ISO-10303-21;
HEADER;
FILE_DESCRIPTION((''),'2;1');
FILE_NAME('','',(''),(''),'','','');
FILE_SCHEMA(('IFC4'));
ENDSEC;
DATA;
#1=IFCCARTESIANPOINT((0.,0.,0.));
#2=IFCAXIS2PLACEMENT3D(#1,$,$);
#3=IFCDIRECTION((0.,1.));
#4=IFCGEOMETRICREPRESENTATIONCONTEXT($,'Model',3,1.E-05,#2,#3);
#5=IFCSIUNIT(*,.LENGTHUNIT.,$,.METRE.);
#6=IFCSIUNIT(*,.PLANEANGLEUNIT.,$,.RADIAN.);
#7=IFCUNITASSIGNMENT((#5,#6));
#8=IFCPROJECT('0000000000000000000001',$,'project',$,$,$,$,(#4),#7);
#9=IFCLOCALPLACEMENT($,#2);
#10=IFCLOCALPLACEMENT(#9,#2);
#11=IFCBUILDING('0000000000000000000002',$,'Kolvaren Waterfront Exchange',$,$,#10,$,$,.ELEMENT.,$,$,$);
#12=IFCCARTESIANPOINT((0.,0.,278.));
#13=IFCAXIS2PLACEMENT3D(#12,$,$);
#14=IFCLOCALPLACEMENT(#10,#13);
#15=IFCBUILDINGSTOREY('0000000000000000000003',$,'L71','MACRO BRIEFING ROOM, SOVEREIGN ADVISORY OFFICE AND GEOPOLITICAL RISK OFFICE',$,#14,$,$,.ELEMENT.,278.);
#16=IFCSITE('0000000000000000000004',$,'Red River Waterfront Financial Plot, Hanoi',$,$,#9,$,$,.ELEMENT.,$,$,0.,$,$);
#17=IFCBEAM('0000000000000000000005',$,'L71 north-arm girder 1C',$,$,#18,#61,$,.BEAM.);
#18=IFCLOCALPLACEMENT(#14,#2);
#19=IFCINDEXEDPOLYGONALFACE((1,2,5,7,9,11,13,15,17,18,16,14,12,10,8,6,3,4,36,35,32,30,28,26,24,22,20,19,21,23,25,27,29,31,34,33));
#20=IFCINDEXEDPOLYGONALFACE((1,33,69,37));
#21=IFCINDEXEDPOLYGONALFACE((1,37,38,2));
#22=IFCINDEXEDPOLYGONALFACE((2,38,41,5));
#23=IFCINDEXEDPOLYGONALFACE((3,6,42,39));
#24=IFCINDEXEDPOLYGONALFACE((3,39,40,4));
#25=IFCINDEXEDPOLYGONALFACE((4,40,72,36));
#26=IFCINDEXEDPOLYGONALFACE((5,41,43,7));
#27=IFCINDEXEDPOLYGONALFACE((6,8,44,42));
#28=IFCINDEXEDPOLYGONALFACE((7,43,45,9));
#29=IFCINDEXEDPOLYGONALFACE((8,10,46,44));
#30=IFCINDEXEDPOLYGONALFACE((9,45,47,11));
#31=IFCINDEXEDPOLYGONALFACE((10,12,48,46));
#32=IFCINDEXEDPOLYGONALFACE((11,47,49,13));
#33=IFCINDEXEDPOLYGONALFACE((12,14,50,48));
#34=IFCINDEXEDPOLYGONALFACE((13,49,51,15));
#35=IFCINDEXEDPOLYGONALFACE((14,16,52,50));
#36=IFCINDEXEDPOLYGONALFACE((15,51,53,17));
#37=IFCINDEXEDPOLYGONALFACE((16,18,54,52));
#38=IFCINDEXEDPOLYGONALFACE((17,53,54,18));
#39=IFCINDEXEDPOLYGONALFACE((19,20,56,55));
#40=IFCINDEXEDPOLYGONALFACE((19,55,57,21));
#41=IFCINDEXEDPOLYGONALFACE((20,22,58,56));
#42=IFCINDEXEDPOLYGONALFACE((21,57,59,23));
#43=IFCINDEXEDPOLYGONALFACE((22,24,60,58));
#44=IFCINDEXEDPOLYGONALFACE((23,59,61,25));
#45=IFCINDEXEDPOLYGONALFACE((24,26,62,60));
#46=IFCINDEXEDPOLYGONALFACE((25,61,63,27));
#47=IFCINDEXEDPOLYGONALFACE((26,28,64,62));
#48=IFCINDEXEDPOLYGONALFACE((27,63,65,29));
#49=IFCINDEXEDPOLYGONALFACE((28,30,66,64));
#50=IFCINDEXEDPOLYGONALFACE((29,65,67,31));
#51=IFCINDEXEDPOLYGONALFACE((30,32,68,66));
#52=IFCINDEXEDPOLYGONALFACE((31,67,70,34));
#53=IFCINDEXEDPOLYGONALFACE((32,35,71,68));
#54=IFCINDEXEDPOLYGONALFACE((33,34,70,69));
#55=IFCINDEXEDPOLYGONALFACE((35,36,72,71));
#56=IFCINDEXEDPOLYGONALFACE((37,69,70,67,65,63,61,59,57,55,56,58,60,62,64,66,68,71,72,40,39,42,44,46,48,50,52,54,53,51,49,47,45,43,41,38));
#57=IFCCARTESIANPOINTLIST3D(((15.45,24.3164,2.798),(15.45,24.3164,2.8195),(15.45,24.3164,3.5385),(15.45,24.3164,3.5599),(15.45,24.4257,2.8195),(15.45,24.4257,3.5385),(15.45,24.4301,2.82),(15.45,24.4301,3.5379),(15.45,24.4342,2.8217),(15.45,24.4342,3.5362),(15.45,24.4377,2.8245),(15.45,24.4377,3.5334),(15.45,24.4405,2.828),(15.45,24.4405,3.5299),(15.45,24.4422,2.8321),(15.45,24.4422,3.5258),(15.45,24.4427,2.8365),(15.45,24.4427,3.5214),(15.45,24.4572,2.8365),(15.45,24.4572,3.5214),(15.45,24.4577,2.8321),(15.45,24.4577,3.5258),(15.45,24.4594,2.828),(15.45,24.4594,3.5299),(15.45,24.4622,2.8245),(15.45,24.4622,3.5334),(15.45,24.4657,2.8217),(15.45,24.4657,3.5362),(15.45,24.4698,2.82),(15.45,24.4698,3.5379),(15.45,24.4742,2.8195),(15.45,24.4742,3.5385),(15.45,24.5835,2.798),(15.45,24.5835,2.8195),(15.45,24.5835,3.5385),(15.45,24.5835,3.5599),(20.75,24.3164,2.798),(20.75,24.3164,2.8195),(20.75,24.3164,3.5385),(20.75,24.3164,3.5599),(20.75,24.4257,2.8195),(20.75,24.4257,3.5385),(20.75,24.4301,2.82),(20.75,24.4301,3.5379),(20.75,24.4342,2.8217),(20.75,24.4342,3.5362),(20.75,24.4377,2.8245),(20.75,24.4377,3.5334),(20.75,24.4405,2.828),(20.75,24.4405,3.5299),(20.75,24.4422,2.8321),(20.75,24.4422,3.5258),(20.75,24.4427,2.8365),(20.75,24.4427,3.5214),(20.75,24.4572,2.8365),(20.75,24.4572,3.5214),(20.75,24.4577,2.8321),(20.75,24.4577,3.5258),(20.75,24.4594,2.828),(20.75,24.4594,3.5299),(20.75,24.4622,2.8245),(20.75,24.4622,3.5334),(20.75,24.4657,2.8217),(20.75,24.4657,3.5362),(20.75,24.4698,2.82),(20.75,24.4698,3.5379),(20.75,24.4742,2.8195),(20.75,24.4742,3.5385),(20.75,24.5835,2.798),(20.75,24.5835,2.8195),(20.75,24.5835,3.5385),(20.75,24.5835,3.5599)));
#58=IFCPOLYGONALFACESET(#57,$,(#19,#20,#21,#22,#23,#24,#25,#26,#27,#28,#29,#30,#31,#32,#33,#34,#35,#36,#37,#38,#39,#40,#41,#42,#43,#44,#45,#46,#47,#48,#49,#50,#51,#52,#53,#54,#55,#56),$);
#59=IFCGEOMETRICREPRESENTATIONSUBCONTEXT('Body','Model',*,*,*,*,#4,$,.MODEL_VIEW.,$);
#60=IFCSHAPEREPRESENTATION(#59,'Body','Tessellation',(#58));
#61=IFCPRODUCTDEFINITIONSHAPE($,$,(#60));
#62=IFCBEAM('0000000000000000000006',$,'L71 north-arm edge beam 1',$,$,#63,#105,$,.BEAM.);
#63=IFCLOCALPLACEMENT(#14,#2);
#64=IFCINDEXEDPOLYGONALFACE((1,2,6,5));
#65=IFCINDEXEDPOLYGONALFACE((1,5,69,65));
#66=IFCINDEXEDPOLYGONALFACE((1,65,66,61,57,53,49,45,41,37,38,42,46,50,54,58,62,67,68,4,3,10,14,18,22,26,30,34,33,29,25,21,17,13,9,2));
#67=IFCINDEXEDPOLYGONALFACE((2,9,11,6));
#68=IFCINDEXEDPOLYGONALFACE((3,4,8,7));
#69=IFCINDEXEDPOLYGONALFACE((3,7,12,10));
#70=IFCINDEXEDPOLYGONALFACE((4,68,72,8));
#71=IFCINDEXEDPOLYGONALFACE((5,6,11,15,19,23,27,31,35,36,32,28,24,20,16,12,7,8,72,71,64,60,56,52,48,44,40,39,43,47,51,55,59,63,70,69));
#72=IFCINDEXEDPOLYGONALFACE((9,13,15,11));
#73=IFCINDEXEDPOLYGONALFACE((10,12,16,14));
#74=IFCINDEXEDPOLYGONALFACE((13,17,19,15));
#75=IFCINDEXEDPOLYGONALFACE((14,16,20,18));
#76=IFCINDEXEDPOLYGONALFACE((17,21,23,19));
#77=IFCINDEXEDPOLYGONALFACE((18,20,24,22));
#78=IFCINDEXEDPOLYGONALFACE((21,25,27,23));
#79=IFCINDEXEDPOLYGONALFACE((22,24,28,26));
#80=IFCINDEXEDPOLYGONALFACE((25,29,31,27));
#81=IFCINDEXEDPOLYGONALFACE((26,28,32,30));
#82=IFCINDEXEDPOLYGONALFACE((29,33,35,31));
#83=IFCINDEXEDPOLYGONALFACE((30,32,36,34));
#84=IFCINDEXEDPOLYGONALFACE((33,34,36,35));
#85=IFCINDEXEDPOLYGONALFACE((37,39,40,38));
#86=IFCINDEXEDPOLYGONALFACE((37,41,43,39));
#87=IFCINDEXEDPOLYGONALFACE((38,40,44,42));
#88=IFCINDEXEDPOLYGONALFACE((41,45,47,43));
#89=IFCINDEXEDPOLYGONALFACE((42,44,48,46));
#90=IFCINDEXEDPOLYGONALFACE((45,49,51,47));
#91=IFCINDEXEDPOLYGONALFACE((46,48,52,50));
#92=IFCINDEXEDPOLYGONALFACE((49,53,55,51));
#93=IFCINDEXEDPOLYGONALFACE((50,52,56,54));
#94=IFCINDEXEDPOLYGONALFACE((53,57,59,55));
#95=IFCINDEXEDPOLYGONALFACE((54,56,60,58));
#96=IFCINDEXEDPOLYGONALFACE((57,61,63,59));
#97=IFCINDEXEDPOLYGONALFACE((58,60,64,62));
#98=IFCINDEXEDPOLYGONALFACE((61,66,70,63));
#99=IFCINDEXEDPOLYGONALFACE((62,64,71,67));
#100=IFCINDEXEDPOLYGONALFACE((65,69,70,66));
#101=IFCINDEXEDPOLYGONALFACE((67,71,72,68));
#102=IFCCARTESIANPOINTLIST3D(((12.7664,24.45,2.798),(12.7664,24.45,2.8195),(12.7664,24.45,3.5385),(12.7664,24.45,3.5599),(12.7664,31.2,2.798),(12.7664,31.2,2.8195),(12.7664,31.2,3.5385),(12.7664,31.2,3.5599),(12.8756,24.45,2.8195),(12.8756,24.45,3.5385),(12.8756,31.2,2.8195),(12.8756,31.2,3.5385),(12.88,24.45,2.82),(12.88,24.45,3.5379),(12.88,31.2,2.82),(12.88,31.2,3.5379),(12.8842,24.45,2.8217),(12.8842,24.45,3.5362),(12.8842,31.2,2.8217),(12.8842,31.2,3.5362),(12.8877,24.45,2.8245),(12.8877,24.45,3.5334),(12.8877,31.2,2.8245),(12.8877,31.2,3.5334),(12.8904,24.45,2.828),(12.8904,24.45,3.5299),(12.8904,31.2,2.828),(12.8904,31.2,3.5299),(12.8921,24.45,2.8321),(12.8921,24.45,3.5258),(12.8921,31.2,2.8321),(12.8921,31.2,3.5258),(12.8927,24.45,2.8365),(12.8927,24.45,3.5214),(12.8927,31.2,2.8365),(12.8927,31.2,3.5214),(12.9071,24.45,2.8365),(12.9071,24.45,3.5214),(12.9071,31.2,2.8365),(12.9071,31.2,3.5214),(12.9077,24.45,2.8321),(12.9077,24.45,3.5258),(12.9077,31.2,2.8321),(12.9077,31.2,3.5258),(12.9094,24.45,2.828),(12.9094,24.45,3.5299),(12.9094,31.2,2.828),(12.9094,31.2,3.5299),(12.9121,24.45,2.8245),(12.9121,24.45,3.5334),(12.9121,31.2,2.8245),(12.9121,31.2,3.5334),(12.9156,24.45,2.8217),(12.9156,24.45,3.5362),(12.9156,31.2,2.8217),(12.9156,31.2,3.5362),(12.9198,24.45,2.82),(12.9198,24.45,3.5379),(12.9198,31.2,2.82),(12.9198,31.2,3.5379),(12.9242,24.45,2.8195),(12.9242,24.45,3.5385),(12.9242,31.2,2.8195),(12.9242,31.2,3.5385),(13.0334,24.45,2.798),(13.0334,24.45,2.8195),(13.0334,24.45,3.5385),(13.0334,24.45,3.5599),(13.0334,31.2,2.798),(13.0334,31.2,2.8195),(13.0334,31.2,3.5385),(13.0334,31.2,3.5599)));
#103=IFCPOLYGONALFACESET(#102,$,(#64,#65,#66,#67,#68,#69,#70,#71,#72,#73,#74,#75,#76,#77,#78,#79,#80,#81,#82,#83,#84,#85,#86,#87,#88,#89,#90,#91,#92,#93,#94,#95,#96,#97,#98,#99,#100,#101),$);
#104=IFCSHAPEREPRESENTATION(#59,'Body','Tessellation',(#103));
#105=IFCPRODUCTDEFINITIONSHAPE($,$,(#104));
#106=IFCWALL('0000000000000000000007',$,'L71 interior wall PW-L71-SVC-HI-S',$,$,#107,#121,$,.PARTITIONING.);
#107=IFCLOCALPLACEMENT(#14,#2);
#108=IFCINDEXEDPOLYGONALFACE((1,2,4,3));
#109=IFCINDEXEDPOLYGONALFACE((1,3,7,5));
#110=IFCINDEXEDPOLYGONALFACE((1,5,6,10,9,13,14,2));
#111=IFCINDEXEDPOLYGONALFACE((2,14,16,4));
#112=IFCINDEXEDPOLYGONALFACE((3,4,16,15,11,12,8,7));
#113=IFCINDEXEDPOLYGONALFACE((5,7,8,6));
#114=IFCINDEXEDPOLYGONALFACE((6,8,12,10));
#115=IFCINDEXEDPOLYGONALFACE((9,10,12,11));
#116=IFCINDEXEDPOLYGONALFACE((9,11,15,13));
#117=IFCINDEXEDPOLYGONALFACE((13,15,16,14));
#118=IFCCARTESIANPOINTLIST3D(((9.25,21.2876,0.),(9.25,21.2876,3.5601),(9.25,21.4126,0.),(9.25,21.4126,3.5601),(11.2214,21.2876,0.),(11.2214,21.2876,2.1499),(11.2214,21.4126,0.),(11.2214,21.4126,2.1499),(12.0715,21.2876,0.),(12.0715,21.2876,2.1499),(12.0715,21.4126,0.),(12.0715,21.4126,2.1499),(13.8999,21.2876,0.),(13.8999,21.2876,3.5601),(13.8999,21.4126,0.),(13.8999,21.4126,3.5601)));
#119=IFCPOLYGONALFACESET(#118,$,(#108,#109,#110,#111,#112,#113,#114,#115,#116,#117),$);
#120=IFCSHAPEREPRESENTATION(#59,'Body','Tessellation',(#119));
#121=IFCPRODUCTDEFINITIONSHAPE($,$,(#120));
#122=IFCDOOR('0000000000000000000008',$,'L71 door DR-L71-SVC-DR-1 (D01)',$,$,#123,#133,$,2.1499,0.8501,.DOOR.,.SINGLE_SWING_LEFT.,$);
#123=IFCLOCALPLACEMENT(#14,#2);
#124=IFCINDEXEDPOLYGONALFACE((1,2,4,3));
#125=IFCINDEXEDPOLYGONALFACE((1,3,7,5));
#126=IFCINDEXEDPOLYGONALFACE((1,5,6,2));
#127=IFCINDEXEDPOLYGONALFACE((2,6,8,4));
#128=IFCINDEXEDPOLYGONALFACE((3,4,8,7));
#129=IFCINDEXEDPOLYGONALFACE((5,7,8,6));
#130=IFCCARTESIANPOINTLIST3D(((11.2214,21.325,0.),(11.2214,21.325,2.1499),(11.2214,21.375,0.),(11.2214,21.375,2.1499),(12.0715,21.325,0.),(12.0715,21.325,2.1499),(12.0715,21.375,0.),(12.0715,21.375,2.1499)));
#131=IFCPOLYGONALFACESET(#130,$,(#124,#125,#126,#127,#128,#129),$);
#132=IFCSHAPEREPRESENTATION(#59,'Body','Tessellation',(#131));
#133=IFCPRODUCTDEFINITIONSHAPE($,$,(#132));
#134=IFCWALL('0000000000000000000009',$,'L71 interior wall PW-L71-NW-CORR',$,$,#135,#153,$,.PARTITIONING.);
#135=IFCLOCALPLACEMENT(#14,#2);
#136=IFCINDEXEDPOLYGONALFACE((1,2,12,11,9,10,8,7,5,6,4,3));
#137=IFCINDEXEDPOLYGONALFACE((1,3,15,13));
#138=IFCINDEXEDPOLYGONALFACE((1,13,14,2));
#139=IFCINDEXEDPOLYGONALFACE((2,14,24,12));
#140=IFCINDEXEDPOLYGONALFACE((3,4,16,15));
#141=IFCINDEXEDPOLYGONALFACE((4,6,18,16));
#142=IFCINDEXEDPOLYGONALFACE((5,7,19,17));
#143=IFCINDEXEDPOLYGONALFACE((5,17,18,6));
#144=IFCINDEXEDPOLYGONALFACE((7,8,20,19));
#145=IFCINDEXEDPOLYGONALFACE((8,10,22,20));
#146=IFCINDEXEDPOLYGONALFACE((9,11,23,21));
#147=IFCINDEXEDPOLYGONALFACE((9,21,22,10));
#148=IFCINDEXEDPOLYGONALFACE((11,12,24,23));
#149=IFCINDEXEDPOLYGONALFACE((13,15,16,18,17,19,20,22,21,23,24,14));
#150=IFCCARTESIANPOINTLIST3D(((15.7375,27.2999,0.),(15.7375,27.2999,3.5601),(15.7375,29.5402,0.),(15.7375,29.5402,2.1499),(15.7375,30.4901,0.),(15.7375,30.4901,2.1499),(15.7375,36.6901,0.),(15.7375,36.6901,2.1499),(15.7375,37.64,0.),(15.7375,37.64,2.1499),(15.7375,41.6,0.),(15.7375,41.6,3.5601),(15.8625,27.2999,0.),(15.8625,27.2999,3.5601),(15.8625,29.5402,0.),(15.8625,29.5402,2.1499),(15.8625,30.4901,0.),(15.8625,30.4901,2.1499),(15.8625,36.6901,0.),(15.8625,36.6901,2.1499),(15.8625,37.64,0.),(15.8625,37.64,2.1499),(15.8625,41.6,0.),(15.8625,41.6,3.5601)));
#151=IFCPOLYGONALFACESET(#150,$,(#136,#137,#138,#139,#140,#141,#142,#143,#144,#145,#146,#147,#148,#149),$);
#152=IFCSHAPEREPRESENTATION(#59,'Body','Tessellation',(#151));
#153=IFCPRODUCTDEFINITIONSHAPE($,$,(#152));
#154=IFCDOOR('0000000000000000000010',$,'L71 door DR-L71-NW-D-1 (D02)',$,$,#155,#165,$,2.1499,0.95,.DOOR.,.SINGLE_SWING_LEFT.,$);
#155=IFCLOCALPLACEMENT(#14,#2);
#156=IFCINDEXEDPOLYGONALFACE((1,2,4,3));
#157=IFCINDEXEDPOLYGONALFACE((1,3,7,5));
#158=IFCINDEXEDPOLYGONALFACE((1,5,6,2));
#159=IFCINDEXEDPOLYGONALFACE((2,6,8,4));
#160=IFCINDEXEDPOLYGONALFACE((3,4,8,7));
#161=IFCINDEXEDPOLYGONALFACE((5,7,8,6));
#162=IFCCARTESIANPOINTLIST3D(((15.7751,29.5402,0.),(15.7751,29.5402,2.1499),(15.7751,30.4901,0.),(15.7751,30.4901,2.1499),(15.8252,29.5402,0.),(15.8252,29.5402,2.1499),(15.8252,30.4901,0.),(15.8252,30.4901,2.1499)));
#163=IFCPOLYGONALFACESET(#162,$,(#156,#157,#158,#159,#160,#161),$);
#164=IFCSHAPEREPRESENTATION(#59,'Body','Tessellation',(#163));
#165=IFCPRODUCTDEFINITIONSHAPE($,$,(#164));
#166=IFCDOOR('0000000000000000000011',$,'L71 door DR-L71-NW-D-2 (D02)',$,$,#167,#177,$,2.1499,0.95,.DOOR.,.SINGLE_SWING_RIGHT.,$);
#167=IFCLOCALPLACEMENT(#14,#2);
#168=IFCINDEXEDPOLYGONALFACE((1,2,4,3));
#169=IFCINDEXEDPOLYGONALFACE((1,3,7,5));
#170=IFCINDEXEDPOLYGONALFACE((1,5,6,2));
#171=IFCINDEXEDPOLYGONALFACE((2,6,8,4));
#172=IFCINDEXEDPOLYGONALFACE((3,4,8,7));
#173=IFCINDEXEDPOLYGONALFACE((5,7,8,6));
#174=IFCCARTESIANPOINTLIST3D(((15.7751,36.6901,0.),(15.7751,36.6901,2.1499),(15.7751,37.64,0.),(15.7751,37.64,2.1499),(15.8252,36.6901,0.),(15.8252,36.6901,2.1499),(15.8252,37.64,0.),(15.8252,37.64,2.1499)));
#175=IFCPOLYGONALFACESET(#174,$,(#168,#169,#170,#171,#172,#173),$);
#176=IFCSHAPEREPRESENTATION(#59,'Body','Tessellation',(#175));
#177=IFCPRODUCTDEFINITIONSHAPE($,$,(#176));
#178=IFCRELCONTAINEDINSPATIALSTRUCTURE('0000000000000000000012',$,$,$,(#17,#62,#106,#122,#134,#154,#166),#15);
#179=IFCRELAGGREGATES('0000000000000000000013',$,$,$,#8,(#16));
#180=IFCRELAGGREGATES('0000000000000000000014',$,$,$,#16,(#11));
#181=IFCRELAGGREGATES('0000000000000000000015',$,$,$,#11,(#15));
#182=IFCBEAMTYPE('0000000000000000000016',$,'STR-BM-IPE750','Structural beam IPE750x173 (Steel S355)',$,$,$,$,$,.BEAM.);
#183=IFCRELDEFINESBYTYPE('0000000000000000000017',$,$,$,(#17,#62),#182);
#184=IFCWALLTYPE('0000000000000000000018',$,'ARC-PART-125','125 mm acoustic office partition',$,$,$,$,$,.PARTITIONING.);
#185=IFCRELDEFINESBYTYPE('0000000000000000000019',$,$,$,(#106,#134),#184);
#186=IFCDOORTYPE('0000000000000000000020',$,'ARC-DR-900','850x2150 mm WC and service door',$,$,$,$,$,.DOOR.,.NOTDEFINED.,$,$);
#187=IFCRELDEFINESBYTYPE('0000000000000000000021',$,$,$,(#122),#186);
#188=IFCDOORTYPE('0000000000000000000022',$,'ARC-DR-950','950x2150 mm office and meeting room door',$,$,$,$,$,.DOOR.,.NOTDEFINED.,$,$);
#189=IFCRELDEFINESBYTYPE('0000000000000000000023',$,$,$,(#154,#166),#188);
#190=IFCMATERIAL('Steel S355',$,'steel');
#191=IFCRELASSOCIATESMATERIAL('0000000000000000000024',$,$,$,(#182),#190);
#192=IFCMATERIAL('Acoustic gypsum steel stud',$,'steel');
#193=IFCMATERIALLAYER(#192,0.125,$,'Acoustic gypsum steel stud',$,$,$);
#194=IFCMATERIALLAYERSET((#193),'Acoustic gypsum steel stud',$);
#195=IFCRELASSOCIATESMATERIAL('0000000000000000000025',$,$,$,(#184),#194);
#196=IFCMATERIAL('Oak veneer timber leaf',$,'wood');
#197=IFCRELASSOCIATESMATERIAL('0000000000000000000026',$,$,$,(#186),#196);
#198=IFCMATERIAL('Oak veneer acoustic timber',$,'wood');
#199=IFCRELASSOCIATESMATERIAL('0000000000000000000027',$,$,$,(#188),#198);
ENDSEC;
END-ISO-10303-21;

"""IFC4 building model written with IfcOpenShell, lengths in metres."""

from ifc_helpers import new_model, si_unit, direction, frame, frame_2d, origin, origin_2d, place, context, subcontext, project, spatial, rectangle, i_section, extrude, material, layer, layer_set, material_profile, profile_set, type_object, element, fill, save


model = new_model("IFC4")

# Units and contexts
model_context = context("Model", 3, precision=1e-05, world=origin(), true_north=direction((0.0, 1.0)))
body_context = subcontext(model_context, "Body", "Model", "MODEL_VIEW")
ifc_project = project(units=[si_unit("LENGTHUNIT", "METRE"), si_unit("PLANEANGLEUNIT", "RADIAN")], contexts=[model_context])

# Site, building, storey
site_placement = place(None, origin())
site = spatial("IfcSite", under=ifc_project, at=site_placement, Name="Red River Waterfront Financial Plot, Hanoi", CompositionType="ELEMENT", RefElevation=0.0)
building_placement = place(site_placement, origin())
building = spatial("IfcBuilding", under=site, at=building_placement, Name="Kolvaren Waterfront Exchange", CompositionType="ELEMENT")
storey_placement = place(building_placement, frame((0.0, 0.0, 278.0)))
storey = spatial("IfcBuildingStorey", under=building, at=storey_placement, Name="L71", Description="MACRO BRIEFING ROOM, SOVEREIGN ADVISORY OFFICE AND GEOPOLITICAL RISK OFFICE", CompositionType="ELEMENT", Elevation=278.0)

# Beams
ifc_material_1 = material(Name="Steel S355", Category="steel")
ifc_material_profile_1 = material_profile(ifc_material_1, i_section(OverallWidth=0.2671, OverallDepth=0.762, WebThickness=0.0144, FlangeThickness=0.0215, FilletRadius=0.0171, at=origin_2d()), Name="IPE750x173")
ifc_profile_set_1 = profile_set([ifc_material_profile_1], Name="Steel S355")
beam_type_1 = type_object("IfcBeamType", Name="STR-BM-IPE750", Description="Structural beam IPE750x173 (Steel S355)", PredefinedType="BEAM", material=ifc_profile_set_1)
beam_1_placement = place(storey_placement, frame((15.45, 24.45, 3.179), z_axis=(1.0, 0.0, 0.0), x_axis=(0.0, 1.0, 0.0)))
element("IfcBeam", 1, at=beam_1_placement, inside=storey, type_object=beam_type_1, Name="L71 north-arm girder 1C", PredefinedType="BEAM", context=body_context, shape_type="SweptSolid", body=[
    extrude(i_section(OverallWidth=0.2671, OverallDepth=0.762, WebThickness=0.0144, FlangeThickness=0.0215, FilletRadius=0.0171, at=origin_2d()), origin(), (0.0, 0.0, 1.0), 5.3),
])
beam_2_placement = place(storey_placement, frame((12.8999, 24.45, 3.179), z_axis=(0.0, 1.0, 0.0), x_axis=(-1.0, 0.0, 0.0)))
element("IfcBeam", 2, at=beam_2_placement, inside=storey, type_object=beam_type_1, Name="L71 north-arm edge beam 1", PredefinedType="BEAM", context=body_context, shape_type="SweptSolid", body=[
    extrude(i_section(OverallWidth=0.2671, OverallDepth=0.762, WebThickness=0.0144, FlangeThickness=0.0215, FilletRadius=0.0171, at=origin_2d()), origin(), (0.0, 0.0, 1.0), 6.75),
])

# Wall, opening, door
ifc_material_2 = material(Name="Acoustic gypsum steel stud", Category="steel")
ifc_layer_1 = layer(ifc_material_2, 0.125, Name="Acoustic gypsum steel stud")
ifc_layer_set_1 = layer_set([ifc_layer_1], Name="Acoustic gypsum steel stud")
wall_type_1 = type_object("IfcWallType", Name="ARC-PART-125", Description="125 mm acoustic office partition", PredefinedType="PARTITIONING", material=ifc_layer_set_1)
wall_1_placement = place(storey_placement, frame((9.25, 21.3501, 0.0), z_axis=(0.0, 0.0, 1.0), x_axis=(1.0, 0.0, 0.0)))
wall_1 = element("IfcWall", 3, at=wall_1_placement, inside=storey, type_object=wall_type_1, Name="L71 interior wall PW-L71-SVC-HI-S", PredefinedType="PARTITIONING", context=body_context, shape_type="SweptSolid", body=[
    extrude(rectangle(XDim=4.6499, YDim=0.125, at=frame_2d((2.325, 0.0))), origin(), (0.0, 0.0, 1.0), 3.5601),
])
opening_1_placement = place(wall_1_placement, frame((1.9714, 0.0, 0.0)))
opening_1 = element("IfcOpeningElement", 4, at=opening_1_placement, cuts=wall_1, PredefinedType="OPENING", context=body_context, shape_type="SweptSolid", body=[
    extrude(rectangle(XDim=0.8501, YDim=2.1499, at=frame_2d((0.425, 1.075))), frame((0.0, 0.0725, 0.0), z_axis=(0.0, -1.0, 0.0), x_axis=(1.0, 0.0, 0.0)), (0.0, 0.0, 1.0), 0.145),
])
ifc_material_3 = material(Name="Oak veneer timber leaf", Category="wood")
door_type_1 = type_object("IfcDoorType", Name="ARC-DR-900", Description="850x2150 mm WC and service door", OperationType="NOTDEFINED", PredefinedType="DOOR", material=ifc_material_3)
door_1_placement = place(opening_1_placement, origin())
door_1 = element("IfcDoor", 5, at=door_1_placement, inside=storey, type_object=door_type_1, Name="L71 door DR-L71-SVC-DR-1 (D01)", OperationType="SINGLE_SWING_LEFT", OverallHeight=2.1499, OverallWidth=0.8501, PredefinedType="DOOR", context=body_context, shape_type="SweptSolid", body=[
    extrude(rectangle(XDim=0.8501, YDim=2.1499, at=frame_2d((0.425, 1.075))), frame((0.0, 0.0249, 0.0), z_axis=(0.0, -1.0, 0.0), x_axis=(1.0, 0.0, 0.0)), (0.0, 0.0, 1.0), 0.05),
])
fill(opening_1, door_1)

# Wall, openings, doors
wall_2_placement = place(storey_placement, frame((15.8, 27.3, 0.0), z_axis=(0.0, 0.0, 1.0), x_axis=(0.0, 1.0, 0.0)))
wall_2 = element("IfcWall", 6, at=wall_2_placement, inside=storey, type_object=wall_type_1, Name="L71 interior wall PW-L71-NW-CORR", PredefinedType="PARTITIONING", context=body_context, shape_type="SweptSolid", body=[
    extrude(rectangle(XDim=14.3, YDim=0.125, at=frame_2d((7.1499, 0.0))), origin(), (0.0, 0.0, 1.0), 3.5601),
])
opening_2_placement = place(wall_2_placement, frame((2.24, 0.0, 0.0)))
opening_2 = element("IfcOpeningElement", 7, at=opening_2_placement, cuts=wall_2, PredefinedType="OPENING", context=body_context, shape_type="SweptSolid", body=[
    extrude(rectangle(XDim=0.95, YDim=2.1499, at=frame_2d((0.4751, 1.075))), frame((0.0, 0.0725, 0.0), z_axis=(0.0, -1.0, 0.0), x_axis=(1.0, 0.0, 0.0)), (0.0, 0.0, 1.0), 0.145),
])
opening_3_placement = place(wall_2_placement, frame((9.3899, 0.0, 0.0)))
opening_3 = element("IfcOpeningElement", 8, at=opening_3_placement, cuts=wall_2, PredefinedType="OPENING", context=body_context, shape_type="SweptSolid", body=[
    extrude(rectangle(XDim=0.95, YDim=2.1499, at=frame_2d((0.4751, 1.075))), frame((0.0, 0.0725, 0.0), z_axis=(0.0, -1.0, 0.0), x_axis=(1.0, 0.0, 0.0)), (0.0, 0.0, 1.0), 0.145),
])
ifc_material_4 = material(Name="Oak veneer acoustic timber", Category="wood")
door_type_2 = type_object("IfcDoorType", Name="ARC-DR-950", Description="950x2150 mm office and meeting room door", OperationType="NOTDEFINED", PredefinedType="DOOR", material=ifc_material_4)
door_2_placement = place(opening_2_placement, origin())
door_2 = element("IfcDoor", 9, at=door_2_placement, inside=storey, type_object=door_type_2, Name="L71 door DR-L71-NW-D-1 (D02)", OperationType="SINGLE_SWING_LEFT", OverallHeight=2.1499, OverallWidth=0.95, PredefinedType="DOOR", context=body_context, shape_type="SweptSolid", body=[
    extrude(rectangle(XDim=0.95, YDim=2.1499, at=frame_2d((0.4751, 1.075))), frame((0.0, 0.0249, 0.0), z_axis=(0.0, -1.0, 0.0), x_axis=(1.0, 0.0, 0.0)), (0.0, 0.0, 1.0), 0.05),
])
fill(opening_2, door_2)
door_3_placement = place(opening_3_placement, origin())
door_3 = element("IfcDoor", 10, at=door_3_placement, inside=storey, type_object=door_type_2, Name="L71 door DR-L71-NW-D-2 (D02)", OperationType="SINGLE_SWING_RIGHT", OverallHeight=2.1499, OverallWidth=0.95, PredefinedType="DOOR", context=body_context, shape_type="SweptSolid", body=[
    extrude(rectangle(XDim=0.95, YDim=2.1499, at=frame_2d((0.4751, 1.075))), frame((0.0, 0.0249, 0.0), z_axis=(0.0, -1.0, 0.0), x_axis=(1.0, 0.0, 0.0)), (0.0, 0.0, 1.0), 0.05),
])
fill(opening_3, door_3)

save(model, "model.ifc")
